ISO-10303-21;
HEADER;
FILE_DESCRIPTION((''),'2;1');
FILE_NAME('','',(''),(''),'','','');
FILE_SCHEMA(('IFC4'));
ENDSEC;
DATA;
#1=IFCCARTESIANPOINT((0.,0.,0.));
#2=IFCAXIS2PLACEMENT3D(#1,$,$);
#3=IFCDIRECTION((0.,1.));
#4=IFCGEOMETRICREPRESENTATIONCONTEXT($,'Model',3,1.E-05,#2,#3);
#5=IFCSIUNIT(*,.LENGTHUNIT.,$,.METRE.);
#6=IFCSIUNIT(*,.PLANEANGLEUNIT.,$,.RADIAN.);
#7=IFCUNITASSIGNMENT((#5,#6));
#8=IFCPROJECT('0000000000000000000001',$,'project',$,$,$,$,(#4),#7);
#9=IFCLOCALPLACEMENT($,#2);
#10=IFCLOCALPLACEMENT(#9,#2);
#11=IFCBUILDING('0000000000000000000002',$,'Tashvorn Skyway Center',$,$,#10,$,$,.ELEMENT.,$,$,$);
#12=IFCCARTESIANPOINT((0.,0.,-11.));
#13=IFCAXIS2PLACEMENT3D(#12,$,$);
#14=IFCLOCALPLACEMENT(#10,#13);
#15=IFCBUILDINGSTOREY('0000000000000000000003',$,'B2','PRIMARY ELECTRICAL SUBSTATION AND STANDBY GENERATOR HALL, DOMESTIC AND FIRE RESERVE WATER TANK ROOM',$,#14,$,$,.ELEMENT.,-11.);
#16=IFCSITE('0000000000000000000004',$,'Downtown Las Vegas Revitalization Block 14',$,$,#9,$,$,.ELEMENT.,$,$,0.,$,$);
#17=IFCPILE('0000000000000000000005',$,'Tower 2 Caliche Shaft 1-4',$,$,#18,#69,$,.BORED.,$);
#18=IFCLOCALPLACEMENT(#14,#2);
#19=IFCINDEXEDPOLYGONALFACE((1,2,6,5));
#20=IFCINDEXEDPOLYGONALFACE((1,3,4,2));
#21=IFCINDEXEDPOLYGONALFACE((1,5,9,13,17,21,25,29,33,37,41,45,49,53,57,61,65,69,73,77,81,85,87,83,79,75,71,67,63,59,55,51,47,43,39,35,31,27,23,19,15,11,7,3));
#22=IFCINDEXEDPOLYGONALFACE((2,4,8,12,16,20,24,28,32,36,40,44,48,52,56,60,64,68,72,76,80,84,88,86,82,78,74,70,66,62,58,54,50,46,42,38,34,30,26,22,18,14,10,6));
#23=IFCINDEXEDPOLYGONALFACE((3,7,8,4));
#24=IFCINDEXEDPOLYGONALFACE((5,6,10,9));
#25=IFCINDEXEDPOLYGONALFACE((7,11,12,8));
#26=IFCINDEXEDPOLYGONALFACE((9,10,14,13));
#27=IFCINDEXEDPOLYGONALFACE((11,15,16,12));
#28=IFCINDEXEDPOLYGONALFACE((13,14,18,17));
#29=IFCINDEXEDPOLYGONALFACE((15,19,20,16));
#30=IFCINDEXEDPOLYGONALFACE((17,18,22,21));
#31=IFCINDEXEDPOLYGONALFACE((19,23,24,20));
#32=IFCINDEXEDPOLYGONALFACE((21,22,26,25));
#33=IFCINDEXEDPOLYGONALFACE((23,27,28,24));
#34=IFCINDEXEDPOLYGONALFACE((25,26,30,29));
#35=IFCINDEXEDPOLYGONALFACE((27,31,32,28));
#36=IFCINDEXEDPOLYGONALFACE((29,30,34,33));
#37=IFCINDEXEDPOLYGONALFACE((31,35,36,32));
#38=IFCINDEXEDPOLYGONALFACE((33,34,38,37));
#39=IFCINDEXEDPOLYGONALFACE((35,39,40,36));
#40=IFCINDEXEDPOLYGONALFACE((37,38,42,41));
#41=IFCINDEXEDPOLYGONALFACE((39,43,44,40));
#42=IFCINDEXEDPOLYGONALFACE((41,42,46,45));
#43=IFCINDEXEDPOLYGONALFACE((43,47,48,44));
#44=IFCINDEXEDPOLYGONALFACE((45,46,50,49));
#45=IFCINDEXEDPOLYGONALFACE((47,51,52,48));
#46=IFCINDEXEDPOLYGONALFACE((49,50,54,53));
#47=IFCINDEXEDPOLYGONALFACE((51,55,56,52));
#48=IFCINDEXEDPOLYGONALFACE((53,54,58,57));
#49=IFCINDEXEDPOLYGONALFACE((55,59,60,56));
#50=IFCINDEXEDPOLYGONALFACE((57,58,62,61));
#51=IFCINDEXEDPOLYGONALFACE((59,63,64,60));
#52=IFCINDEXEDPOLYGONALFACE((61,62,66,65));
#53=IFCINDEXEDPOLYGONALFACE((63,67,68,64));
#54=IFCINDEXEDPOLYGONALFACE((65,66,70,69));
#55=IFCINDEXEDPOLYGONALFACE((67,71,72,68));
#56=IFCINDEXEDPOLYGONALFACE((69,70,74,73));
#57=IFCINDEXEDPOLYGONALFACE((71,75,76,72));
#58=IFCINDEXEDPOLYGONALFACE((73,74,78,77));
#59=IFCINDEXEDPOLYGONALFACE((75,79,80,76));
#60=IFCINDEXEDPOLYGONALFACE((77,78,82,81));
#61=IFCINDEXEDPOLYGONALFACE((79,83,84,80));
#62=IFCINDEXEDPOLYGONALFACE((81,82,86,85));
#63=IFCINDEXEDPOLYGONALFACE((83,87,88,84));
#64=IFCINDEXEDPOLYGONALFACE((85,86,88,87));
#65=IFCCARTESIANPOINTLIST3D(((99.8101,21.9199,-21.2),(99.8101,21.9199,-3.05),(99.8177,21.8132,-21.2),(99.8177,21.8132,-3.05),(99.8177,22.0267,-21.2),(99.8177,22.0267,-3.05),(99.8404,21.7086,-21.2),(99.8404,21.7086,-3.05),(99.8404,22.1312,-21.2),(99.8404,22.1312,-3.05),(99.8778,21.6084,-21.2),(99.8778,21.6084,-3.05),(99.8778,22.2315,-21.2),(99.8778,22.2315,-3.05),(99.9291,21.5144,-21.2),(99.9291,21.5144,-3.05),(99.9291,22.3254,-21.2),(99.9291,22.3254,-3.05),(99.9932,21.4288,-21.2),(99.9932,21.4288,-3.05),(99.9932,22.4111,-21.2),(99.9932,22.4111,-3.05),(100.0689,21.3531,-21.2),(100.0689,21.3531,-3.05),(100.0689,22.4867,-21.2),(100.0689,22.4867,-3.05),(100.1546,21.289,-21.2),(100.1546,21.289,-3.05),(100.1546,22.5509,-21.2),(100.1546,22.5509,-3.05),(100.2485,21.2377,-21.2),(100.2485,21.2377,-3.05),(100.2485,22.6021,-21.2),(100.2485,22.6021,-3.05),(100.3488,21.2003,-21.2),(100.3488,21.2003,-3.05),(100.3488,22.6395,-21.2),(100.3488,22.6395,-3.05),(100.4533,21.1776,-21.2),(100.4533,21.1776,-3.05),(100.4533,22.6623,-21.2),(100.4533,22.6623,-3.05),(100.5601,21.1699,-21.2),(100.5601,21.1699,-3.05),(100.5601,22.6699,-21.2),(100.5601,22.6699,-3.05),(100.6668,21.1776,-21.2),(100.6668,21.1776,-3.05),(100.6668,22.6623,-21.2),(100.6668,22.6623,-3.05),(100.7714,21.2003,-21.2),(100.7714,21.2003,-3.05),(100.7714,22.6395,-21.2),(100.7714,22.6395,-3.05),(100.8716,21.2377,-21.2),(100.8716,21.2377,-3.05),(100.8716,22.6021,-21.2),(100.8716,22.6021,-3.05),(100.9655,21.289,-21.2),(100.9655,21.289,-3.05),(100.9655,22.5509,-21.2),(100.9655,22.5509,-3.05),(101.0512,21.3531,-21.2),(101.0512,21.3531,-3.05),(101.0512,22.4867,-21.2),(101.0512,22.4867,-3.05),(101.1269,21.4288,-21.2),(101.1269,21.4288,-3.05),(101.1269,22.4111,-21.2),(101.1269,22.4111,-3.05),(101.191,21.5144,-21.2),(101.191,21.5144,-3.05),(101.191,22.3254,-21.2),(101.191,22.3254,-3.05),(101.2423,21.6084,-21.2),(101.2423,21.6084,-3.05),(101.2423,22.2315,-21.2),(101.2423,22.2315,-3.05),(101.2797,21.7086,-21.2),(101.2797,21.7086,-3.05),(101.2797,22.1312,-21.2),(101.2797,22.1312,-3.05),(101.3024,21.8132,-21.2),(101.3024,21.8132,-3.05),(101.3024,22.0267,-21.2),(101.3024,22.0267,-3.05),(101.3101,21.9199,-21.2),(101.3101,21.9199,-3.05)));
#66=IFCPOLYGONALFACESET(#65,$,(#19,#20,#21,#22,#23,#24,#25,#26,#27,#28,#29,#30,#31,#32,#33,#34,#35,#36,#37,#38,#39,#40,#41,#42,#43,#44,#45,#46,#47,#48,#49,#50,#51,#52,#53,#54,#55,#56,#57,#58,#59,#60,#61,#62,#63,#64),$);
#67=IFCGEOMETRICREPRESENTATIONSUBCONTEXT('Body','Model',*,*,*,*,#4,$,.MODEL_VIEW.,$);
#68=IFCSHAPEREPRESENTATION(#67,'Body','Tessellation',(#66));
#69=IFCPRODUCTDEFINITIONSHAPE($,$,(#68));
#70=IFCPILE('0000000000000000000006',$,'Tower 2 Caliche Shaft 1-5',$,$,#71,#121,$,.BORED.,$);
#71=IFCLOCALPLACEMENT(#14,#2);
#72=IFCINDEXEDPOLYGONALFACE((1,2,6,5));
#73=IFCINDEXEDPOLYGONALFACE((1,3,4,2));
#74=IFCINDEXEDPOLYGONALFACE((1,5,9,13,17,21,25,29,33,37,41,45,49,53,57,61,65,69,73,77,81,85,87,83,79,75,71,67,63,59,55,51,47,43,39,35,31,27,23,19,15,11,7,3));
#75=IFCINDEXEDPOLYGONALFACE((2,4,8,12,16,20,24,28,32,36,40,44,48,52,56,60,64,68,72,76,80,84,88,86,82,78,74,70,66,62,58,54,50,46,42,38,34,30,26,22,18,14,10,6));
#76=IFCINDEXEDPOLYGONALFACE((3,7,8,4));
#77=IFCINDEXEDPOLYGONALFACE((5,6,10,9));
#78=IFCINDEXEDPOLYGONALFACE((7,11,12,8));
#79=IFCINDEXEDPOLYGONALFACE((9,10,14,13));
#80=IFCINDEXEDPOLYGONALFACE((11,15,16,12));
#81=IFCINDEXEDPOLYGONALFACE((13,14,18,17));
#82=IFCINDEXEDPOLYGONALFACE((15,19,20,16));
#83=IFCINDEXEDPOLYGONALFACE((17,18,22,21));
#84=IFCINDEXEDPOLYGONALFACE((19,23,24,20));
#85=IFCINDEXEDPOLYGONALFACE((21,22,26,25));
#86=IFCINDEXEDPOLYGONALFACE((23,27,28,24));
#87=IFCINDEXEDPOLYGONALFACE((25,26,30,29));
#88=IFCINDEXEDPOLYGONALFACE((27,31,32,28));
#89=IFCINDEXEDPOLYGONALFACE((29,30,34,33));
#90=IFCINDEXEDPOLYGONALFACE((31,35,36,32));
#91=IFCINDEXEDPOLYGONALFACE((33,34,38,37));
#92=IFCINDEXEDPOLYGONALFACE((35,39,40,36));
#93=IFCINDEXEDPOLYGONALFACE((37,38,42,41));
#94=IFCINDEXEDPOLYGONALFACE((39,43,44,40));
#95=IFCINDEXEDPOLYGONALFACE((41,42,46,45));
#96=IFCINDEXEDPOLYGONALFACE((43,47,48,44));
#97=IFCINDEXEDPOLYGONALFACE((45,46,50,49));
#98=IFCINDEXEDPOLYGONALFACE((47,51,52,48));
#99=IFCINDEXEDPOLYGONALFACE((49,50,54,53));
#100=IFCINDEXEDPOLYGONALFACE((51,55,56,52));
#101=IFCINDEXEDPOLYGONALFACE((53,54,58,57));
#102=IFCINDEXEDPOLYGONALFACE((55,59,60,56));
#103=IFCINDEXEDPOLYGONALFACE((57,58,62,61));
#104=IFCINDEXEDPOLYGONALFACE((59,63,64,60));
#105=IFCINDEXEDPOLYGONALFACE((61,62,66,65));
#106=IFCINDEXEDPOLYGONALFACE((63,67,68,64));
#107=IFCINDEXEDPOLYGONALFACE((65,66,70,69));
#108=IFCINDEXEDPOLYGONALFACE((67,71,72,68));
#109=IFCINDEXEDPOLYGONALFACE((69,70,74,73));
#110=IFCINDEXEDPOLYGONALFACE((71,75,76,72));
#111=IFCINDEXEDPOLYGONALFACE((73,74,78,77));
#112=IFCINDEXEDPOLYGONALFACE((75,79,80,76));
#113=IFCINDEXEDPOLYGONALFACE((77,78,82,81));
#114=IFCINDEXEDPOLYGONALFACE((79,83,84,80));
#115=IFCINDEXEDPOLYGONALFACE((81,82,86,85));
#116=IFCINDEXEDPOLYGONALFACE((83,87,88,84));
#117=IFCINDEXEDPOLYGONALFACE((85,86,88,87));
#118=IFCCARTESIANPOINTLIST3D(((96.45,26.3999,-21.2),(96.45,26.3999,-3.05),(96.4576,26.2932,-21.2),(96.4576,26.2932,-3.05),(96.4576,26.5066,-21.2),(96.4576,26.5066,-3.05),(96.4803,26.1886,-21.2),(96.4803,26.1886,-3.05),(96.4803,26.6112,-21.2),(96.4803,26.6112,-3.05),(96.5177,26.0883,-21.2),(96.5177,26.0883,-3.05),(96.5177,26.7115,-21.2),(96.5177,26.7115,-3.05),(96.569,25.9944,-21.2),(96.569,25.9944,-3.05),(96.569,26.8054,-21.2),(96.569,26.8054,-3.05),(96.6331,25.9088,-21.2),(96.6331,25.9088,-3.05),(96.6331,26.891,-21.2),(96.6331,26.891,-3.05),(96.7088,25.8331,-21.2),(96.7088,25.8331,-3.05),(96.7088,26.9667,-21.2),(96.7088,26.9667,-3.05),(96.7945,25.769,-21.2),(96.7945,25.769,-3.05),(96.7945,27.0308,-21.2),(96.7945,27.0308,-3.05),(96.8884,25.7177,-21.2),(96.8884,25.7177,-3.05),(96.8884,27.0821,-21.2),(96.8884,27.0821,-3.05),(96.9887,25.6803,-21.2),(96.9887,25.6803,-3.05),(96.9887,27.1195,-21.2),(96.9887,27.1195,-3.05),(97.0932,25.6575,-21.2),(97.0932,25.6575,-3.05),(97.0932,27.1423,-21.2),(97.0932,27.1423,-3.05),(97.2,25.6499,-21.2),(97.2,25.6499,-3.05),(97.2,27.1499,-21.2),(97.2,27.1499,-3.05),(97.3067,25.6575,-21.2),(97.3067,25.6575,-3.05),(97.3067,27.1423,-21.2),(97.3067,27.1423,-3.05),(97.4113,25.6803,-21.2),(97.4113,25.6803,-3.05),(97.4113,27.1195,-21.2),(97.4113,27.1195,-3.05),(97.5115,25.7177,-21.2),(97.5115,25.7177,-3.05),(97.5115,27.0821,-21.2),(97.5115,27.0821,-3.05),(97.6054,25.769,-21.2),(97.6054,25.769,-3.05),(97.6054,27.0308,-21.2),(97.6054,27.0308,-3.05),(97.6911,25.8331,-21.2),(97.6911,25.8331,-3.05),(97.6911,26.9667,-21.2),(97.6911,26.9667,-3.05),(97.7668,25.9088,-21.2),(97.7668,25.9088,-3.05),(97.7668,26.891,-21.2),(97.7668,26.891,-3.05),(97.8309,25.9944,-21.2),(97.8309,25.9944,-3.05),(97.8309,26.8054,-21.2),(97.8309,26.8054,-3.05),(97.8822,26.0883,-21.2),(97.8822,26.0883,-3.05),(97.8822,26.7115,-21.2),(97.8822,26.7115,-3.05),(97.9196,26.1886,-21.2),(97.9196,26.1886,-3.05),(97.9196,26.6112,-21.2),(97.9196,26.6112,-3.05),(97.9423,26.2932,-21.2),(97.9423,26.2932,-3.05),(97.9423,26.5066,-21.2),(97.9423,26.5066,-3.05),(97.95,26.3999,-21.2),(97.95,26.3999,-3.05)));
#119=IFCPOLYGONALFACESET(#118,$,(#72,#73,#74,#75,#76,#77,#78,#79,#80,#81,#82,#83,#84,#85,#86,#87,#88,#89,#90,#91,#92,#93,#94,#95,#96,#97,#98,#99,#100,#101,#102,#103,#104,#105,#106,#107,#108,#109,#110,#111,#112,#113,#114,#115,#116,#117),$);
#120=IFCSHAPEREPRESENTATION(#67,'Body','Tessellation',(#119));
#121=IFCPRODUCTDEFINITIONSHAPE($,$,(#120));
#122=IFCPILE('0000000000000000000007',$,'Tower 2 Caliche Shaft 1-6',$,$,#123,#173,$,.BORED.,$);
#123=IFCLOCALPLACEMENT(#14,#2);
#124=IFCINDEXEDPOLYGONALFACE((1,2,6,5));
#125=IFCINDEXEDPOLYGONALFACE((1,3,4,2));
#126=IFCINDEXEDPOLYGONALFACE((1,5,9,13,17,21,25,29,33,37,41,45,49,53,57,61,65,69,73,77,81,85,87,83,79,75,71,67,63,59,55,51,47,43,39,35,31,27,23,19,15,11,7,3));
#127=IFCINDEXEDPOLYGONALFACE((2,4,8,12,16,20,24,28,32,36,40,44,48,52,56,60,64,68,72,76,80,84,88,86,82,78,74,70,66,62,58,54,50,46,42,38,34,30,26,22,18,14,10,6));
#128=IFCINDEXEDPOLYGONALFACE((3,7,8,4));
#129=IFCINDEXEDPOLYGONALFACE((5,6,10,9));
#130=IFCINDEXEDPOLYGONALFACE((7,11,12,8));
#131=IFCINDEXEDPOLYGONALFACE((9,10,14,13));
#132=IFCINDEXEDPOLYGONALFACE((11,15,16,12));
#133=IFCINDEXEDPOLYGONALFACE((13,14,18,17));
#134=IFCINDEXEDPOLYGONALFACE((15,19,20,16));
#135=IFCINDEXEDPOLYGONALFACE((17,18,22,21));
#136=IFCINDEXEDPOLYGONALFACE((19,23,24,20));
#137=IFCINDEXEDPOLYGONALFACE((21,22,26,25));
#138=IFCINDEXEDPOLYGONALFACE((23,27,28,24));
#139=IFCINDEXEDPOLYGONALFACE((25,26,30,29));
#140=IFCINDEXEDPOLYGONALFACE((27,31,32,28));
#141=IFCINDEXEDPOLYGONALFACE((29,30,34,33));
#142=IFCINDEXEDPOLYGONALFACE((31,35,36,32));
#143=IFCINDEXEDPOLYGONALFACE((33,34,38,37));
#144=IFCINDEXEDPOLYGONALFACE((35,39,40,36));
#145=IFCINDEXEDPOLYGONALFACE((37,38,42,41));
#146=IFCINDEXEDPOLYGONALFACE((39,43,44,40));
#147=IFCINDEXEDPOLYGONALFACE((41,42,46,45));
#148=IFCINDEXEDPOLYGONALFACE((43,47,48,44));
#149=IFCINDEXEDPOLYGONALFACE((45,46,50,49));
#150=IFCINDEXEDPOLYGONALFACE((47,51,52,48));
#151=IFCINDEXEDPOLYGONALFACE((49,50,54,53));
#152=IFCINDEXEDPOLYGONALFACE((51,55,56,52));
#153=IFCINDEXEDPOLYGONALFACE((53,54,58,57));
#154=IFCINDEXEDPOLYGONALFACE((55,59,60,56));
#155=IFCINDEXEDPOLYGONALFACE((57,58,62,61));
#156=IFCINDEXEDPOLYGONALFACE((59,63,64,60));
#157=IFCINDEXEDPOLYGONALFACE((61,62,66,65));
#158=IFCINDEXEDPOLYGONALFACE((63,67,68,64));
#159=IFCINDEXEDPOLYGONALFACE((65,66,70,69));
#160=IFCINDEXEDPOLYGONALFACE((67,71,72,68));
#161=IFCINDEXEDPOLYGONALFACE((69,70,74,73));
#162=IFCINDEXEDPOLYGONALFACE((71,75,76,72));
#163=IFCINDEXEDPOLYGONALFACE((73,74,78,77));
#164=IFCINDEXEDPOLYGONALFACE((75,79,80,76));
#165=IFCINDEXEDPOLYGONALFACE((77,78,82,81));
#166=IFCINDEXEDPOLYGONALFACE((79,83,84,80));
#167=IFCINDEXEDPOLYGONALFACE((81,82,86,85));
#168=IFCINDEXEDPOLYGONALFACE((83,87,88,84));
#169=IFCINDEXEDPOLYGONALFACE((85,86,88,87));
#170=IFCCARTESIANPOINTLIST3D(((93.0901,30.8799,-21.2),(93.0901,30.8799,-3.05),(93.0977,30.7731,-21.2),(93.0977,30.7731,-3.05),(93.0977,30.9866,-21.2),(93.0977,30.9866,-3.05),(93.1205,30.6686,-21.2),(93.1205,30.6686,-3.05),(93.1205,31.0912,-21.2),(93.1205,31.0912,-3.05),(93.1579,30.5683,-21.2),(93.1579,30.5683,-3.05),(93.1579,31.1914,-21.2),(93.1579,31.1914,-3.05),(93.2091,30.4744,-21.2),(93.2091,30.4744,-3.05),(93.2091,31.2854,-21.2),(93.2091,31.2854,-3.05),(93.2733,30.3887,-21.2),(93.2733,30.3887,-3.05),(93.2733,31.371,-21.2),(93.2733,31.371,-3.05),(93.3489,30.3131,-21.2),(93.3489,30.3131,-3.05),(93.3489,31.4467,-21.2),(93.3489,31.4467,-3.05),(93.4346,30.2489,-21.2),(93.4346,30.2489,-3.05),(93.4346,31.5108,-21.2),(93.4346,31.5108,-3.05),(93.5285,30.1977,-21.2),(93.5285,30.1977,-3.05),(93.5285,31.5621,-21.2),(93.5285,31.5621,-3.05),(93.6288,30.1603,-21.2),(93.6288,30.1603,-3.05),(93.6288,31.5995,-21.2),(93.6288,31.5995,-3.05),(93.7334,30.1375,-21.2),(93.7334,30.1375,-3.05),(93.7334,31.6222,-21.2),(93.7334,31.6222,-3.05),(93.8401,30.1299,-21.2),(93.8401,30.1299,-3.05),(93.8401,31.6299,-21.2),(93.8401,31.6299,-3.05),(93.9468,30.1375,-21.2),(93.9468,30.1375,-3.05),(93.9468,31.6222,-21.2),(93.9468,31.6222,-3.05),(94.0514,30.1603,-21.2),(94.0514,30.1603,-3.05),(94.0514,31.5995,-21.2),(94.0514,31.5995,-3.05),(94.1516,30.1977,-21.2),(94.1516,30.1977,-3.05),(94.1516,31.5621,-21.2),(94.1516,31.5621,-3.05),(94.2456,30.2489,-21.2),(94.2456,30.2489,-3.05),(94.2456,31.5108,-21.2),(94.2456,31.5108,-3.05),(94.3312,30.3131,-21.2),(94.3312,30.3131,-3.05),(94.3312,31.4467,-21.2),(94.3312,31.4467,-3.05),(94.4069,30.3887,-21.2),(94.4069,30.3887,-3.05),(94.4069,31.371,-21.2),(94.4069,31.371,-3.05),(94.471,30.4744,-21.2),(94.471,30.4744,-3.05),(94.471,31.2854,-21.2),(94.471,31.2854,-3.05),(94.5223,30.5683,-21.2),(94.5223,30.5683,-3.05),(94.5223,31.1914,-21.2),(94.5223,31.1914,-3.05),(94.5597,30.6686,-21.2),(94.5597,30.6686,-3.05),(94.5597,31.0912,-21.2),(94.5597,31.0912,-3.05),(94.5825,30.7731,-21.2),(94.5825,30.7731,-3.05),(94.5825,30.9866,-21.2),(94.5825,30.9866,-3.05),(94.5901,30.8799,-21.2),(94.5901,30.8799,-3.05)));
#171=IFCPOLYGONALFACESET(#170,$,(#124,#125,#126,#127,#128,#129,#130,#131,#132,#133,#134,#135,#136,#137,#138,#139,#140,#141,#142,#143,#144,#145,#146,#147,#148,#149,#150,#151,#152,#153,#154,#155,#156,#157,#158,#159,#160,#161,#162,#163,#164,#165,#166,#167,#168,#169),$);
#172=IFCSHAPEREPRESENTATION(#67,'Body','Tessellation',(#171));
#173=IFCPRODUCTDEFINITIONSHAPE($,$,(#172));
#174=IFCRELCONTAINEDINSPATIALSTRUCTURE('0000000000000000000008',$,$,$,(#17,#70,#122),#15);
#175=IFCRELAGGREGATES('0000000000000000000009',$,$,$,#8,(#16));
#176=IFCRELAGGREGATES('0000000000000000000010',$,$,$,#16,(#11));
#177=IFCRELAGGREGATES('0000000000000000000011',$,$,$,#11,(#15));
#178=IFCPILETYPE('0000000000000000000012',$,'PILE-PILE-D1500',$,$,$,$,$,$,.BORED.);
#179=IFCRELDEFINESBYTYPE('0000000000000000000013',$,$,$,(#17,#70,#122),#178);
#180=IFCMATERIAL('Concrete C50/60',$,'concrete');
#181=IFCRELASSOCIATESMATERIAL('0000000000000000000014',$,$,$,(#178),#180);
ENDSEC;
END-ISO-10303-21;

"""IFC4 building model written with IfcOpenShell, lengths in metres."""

from ifc_helpers import new_model, si_unit, direction, frame, origin, origin_2d, place, context, subcontext, project, spatial, circle, extrude, material, material_profile, profile_set, type_object, element, save


model = new_model("IFC4")

# Units and contexts
model_context = context("Model", 3, precision=1e-05, world=origin(), true_north=direction((0.0, 1.0)))
body_context = subcontext(model_context, "Body", "Model", "MODEL_VIEW")
ifc_project = project(units=[si_unit("LENGTHUNIT", "METRE"), si_unit("PLANEANGLEUNIT", "RADIAN")], contexts=[model_context])

# Site, building, storey
site_placement = place(None, origin())
site = spatial("IfcSite", under=ifc_project, at=site_placement, Name="Downtown Las Vegas Revitalization Block 14", CompositionType="ELEMENT", RefElevation=0.0)
building_placement = place(site_placement, origin())
building = spatial("IfcBuilding", under=site, at=building_placement, Name="Tashvorn Skyway Center", CompositionType="ELEMENT")
storey_placement = place(building_placement, frame((0.0, 0.0, -11.0)))
storey = spatial("IfcBuildingStorey", under=building, at=storey_placement, Name="B2", Description="PRIMARY ELECTRICAL SUBSTATION AND STANDBY GENERATOR HALL, DOMESTIC AND FIRE RESERVE WATER TANK ROOM", CompositionType="ELEMENT", Elevation=-11.0)

# Piles
ifc_material_1 = material(Name="Concrete C50/60", Category="concrete")
ifc_material_profile_1 = material_profile(ifc_material_1, circle(Radius=0.75, at=origin_2d()), Name="PILE-D1500")
ifc_profile_set_1 = profile_set([ifc_material_profile_1], Name="Concrete C50/60")
pile_type_1 = type_object("IfcPileType", Name="PILE-PILE-D1500", PredefinedType="BORED", material=ifc_profile_set_1)
for number, where, z_axis, x_axis, name in (
    (1, (100.5601, 21.9199, -3.05), (0.0, 0.0, -1.0), (1.0, 0.0, 0.0), "Tower 2 Caliche Shaft 1-4"),
    (2, (97.2, 26.3999, -3.05), (0.0, 0.0, -1.0), (1.0, 0.0, 0.0), "Tower 2 Caliche Shaft 1-5"),
    (3, (93.8401, 30.8799, -3.05), (0.0, 0.0, -1.0), (1.0, 0.0, 0.0), "Tower 2 Caliche Shaft 1-6"),
):
    element("IfcPile", number, at=place(storey_placement, frame(where, z_axis=z_axis, x_axis=x_axis)), inside=storey, type_object=pile_type_1, Name=name, PredefinedType="BORED", context=body_context, shape_type="SweptSolid", body=[
        extrude(circle(Radius=0.75, at=origin_2d()), origin(), (0.0, 0.0, 1.0), 18.1499),
    ])

save(model, "model.ifc")
